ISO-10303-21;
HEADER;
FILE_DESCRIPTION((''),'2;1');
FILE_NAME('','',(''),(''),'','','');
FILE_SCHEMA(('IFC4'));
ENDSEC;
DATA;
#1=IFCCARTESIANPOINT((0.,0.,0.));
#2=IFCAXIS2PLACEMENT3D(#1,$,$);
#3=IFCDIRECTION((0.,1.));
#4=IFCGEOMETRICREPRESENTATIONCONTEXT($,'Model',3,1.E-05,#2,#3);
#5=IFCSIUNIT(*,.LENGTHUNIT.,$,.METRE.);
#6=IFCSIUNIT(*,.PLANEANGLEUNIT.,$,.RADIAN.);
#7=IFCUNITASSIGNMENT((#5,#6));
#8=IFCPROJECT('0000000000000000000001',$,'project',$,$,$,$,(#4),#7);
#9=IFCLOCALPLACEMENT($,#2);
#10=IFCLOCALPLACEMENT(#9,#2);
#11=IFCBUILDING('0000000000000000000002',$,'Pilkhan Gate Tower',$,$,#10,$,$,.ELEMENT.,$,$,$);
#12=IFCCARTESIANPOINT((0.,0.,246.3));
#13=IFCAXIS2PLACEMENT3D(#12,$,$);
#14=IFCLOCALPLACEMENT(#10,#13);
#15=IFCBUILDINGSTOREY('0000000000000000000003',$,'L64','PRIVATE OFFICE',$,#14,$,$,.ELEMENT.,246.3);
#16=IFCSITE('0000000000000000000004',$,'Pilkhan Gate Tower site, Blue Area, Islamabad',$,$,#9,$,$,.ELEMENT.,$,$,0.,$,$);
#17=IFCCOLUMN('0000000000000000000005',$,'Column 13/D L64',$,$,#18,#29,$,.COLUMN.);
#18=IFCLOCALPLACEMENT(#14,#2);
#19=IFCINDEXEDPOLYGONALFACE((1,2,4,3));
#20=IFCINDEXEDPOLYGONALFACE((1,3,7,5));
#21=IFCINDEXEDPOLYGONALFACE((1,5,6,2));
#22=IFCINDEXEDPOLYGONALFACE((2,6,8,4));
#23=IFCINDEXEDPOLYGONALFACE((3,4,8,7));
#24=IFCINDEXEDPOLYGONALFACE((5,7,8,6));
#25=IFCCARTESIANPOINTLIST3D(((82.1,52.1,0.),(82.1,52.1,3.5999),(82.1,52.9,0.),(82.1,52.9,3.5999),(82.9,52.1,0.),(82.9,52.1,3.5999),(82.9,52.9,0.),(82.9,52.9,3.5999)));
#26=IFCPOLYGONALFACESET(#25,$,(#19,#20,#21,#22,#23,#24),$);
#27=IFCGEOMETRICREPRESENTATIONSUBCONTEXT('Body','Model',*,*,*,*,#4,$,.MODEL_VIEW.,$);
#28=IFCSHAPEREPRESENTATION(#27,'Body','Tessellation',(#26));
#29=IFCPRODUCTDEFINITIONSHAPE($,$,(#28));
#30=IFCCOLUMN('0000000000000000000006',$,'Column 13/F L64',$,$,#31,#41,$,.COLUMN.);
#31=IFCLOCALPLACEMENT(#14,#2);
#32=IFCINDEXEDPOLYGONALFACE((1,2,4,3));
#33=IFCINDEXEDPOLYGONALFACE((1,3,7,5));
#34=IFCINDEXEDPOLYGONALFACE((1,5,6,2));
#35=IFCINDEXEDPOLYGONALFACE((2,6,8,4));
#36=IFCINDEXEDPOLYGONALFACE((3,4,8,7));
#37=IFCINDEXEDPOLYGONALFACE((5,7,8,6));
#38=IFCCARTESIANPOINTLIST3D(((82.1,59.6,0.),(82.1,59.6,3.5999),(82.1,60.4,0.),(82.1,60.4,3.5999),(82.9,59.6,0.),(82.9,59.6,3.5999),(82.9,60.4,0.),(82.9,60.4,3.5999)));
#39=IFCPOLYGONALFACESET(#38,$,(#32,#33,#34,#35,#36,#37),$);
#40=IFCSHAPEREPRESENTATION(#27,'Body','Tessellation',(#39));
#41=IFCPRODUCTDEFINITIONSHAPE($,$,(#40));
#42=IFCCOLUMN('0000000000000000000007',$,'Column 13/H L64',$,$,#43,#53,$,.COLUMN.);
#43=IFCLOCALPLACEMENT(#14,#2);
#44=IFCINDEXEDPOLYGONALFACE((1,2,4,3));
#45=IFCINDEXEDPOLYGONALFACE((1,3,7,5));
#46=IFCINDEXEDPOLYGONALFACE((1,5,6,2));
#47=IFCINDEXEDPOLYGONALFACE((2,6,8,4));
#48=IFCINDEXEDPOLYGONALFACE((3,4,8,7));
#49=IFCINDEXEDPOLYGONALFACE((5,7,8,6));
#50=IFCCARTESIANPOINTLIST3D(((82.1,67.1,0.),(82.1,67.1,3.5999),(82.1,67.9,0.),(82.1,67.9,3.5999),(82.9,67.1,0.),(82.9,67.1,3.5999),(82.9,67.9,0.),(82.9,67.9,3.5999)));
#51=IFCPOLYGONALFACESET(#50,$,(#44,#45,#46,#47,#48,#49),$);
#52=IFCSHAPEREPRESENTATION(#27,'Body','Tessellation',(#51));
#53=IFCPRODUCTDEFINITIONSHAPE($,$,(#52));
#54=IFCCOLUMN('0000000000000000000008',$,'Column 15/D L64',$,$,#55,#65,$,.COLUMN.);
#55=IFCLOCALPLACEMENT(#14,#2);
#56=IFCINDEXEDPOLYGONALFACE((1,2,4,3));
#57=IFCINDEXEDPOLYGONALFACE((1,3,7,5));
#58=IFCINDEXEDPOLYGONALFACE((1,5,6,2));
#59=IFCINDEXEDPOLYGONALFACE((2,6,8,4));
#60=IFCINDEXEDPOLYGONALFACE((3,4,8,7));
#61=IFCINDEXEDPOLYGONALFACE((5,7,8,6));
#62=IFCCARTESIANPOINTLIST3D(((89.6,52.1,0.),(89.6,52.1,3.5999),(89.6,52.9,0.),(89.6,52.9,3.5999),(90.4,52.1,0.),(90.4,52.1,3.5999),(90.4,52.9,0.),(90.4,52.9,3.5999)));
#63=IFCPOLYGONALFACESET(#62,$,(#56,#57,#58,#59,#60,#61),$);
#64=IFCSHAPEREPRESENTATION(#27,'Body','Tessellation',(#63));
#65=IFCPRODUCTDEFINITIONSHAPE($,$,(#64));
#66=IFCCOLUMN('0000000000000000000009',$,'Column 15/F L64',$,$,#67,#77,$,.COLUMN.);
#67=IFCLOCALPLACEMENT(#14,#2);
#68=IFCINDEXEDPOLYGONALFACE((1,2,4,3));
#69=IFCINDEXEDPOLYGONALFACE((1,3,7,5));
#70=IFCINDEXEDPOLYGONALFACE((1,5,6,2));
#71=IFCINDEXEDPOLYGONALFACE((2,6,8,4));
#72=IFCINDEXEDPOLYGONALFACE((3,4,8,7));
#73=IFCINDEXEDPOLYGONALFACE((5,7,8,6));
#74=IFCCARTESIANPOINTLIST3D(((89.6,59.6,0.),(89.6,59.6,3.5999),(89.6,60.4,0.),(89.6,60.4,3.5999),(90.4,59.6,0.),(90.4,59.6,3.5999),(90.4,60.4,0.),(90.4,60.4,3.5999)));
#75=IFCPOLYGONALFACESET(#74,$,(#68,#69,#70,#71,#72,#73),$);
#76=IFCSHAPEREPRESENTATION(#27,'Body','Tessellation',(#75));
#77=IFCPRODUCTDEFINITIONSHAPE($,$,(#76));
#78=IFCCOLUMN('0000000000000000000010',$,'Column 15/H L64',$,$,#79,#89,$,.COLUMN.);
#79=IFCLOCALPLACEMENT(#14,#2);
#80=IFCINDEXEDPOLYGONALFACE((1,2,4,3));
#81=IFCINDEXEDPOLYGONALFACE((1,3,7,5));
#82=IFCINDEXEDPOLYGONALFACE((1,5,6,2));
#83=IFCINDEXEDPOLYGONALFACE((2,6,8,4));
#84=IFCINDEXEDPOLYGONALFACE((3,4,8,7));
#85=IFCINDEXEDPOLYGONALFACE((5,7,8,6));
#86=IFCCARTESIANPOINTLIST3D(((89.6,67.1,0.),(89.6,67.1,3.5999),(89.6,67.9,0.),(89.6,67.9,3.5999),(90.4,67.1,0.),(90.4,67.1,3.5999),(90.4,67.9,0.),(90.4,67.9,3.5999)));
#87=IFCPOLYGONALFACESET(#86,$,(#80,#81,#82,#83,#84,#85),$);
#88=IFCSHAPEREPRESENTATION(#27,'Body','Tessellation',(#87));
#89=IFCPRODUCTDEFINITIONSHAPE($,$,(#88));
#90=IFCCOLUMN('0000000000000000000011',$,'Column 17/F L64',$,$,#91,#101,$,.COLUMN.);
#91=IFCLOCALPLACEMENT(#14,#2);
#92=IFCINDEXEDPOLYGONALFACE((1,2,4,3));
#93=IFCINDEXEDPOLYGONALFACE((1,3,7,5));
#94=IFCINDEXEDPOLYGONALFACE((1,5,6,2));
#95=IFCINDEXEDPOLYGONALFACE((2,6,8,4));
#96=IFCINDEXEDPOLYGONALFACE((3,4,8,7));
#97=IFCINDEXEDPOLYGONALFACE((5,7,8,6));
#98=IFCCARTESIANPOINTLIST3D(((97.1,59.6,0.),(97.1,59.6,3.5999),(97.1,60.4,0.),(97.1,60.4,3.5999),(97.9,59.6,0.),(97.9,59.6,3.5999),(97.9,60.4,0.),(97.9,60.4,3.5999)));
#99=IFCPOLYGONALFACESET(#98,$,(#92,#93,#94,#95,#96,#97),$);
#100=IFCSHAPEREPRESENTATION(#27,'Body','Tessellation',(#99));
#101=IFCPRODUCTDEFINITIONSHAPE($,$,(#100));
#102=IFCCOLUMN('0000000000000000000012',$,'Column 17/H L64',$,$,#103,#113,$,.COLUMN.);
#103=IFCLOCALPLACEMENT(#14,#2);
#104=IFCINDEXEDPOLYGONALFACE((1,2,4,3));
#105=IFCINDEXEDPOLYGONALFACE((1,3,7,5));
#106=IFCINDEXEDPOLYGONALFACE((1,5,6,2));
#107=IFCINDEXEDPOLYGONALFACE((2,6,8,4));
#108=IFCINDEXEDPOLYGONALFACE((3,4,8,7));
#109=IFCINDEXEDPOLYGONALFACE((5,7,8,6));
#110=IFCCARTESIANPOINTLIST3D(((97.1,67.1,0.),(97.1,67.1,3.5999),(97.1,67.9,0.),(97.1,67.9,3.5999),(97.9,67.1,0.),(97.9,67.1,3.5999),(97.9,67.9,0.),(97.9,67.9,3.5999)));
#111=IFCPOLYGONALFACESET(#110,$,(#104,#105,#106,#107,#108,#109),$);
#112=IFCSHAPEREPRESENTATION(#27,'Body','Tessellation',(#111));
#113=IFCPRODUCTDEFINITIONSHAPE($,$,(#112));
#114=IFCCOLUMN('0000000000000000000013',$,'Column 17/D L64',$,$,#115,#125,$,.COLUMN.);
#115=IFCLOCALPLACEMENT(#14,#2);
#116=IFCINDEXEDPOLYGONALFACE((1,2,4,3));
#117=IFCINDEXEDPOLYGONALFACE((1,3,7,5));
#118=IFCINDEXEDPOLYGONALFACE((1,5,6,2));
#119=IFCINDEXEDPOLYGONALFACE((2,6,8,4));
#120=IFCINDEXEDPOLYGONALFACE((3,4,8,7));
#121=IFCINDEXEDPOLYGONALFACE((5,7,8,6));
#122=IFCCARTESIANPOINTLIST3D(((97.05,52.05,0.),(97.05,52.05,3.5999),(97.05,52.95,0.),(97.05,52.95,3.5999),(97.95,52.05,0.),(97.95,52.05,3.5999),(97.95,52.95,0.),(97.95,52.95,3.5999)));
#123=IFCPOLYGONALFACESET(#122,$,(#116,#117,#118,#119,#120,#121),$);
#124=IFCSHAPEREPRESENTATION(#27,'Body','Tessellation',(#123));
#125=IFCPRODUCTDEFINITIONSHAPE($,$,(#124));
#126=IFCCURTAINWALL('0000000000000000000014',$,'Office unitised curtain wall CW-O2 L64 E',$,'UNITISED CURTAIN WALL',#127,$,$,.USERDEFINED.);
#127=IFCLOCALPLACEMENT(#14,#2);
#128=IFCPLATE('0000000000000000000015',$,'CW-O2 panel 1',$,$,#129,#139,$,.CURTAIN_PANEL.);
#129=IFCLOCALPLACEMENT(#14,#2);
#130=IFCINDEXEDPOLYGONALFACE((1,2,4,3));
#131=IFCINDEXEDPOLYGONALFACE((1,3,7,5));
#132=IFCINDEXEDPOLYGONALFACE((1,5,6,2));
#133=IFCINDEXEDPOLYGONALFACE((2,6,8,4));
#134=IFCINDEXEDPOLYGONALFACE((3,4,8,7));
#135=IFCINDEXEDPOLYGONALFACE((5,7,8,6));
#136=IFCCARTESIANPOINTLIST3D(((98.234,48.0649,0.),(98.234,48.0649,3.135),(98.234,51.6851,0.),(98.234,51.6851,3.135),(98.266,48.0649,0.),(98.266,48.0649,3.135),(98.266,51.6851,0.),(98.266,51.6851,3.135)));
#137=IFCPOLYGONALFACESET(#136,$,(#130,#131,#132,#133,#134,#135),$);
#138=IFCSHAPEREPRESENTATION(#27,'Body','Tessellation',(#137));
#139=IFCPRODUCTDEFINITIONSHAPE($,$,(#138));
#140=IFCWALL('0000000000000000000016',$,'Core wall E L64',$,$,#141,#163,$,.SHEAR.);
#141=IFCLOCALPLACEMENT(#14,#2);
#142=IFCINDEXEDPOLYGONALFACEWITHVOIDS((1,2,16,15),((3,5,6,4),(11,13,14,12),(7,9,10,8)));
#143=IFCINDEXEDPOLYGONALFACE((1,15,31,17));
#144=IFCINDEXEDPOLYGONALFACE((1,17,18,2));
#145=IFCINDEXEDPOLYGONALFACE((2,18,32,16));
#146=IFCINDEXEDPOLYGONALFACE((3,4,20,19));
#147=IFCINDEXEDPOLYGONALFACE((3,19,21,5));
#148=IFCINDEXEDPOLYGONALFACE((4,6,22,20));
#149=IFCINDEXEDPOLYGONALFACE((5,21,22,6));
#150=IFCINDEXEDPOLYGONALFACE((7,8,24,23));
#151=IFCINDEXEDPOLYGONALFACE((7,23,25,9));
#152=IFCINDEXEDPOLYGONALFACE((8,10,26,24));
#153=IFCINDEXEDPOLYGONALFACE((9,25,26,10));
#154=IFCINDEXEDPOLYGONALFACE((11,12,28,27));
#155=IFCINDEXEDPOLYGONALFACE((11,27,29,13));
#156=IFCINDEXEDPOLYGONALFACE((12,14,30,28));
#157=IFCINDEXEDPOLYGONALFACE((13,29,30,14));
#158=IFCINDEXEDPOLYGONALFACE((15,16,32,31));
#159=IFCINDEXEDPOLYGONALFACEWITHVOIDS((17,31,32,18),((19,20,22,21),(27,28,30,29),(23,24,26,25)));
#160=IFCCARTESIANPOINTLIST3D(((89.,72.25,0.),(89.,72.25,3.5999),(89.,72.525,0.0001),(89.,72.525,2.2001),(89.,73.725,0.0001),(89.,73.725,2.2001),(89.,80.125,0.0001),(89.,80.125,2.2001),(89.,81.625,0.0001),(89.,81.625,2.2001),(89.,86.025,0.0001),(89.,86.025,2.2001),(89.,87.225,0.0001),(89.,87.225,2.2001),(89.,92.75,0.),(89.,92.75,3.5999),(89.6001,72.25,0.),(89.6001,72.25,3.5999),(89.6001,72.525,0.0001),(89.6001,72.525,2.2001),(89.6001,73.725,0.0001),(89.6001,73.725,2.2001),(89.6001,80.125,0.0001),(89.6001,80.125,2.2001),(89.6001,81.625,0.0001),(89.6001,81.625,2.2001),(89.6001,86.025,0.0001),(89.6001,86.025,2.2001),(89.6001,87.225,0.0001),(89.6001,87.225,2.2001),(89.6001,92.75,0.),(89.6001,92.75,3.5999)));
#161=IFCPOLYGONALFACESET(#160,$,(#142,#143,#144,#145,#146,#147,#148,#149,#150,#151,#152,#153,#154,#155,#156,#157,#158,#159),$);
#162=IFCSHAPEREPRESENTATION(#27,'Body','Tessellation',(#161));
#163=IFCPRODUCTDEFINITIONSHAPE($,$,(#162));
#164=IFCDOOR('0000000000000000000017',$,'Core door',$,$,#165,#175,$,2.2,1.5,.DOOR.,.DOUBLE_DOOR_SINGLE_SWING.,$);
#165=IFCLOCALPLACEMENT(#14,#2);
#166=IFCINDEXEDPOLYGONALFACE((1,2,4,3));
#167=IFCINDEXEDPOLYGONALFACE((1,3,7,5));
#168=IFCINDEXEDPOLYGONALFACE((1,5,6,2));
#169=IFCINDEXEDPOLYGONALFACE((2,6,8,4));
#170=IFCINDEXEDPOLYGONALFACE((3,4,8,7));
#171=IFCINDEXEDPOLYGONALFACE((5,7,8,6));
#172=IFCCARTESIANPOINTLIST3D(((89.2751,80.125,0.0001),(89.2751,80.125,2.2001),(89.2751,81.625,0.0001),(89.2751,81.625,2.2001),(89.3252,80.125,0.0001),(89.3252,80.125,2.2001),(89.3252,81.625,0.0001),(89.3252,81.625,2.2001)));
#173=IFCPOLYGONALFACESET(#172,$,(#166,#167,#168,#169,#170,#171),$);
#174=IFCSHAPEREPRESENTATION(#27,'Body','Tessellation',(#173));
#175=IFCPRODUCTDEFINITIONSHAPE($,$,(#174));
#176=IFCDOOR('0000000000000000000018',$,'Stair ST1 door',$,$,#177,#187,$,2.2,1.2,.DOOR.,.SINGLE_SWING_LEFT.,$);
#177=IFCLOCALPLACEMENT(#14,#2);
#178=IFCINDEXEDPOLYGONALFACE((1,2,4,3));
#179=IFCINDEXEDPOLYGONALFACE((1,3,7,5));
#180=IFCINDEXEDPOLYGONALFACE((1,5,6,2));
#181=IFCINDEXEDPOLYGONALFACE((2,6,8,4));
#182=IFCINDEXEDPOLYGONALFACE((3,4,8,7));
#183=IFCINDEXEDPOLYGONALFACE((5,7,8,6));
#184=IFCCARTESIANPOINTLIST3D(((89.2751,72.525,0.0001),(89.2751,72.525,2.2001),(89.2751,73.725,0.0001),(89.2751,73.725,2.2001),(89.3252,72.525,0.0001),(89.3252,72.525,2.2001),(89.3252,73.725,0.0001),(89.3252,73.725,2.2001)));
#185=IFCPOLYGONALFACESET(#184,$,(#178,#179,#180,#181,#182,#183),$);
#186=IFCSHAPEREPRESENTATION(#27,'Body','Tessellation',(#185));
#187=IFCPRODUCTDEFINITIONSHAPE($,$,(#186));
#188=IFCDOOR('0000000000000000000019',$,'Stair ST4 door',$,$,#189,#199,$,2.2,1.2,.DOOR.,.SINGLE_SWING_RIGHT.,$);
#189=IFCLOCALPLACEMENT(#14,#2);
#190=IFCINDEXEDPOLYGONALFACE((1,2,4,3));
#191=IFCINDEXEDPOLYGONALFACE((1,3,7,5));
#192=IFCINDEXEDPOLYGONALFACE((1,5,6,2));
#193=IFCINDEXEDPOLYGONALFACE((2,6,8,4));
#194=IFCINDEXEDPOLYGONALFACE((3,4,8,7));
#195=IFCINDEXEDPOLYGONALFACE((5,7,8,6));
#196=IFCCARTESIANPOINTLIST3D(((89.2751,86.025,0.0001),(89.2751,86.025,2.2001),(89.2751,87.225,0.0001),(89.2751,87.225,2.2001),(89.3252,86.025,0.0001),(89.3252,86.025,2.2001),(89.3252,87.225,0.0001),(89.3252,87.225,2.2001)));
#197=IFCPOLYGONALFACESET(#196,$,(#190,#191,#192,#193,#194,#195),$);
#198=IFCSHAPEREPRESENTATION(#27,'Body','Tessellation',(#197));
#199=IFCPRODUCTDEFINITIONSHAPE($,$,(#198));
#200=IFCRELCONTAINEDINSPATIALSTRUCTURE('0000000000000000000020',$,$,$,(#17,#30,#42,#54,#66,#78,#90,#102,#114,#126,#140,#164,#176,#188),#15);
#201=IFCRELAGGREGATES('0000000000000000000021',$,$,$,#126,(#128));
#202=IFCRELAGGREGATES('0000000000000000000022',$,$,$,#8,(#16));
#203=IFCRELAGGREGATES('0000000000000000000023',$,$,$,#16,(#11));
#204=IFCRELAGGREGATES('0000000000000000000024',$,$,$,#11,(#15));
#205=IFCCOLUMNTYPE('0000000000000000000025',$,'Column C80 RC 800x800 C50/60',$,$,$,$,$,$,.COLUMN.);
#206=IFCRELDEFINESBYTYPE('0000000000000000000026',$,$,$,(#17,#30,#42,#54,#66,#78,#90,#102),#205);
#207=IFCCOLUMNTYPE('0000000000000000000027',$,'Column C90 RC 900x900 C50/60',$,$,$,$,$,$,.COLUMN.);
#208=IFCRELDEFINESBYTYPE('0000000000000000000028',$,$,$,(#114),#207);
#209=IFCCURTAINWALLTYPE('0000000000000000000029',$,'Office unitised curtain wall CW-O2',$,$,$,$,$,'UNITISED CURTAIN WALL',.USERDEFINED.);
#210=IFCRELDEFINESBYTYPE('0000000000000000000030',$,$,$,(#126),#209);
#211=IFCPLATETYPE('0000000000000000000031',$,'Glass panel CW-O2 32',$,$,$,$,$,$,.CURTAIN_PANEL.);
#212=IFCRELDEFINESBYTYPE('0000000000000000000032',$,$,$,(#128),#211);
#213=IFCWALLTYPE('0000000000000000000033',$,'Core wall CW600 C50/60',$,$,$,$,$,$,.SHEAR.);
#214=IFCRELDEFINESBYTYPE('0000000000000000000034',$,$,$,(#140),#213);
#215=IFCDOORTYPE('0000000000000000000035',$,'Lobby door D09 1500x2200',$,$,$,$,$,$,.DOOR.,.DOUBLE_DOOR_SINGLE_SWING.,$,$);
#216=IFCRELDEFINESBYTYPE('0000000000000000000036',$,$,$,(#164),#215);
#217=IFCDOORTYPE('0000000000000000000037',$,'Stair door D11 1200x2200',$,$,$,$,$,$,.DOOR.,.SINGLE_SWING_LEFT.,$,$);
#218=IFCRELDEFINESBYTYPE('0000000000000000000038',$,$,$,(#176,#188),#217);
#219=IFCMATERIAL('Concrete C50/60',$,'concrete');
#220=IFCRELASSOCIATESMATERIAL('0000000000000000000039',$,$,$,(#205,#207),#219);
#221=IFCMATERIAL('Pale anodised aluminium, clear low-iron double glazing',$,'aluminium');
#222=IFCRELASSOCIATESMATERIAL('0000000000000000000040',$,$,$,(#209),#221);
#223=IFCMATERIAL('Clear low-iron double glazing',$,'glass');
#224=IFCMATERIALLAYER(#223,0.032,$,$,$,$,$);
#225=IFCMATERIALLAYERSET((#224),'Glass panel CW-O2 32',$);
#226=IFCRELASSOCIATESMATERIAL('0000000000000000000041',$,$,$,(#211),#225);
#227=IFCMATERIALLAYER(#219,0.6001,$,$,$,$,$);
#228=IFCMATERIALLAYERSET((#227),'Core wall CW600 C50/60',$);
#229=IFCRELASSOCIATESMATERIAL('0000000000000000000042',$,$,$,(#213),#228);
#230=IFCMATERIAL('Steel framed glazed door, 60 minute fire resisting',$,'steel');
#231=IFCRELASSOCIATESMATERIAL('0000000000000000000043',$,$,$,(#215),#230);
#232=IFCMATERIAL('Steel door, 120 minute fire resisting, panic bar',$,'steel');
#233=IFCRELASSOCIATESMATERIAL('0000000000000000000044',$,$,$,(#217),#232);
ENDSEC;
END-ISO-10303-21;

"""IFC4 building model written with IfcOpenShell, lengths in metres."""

from ifc_helpers import new_model, si_unit, direction, frame, frame_2d, origin, origin_2d, place, context, subcontext, project, spatial, rectangle, extrude, material, layer, layer_set, material_profile, profile_set, type_object, element, fill, aggregate, save


model = new_model("IFC4")

# Units and contexts
model_context = context("Model", 3, precision=1e-05, world=origin(), true_north=direction((0.0, 1.0)))
body_context = subcontext(model_context, "Body", "Model", "MODEL_VIEW")
ifc_project = project(units=[si_unit("LENGTHUNIT", "METRE"), si_unit("PLANEANGLEUNIT", "RADIAN")], contexts=[model_context])

# Site, building, storey
site_placement = place(None, origin())
site = spatial("IfcSite", under=ifc_project, at=site_placement, Name="Pilkhan Gate Tower site, Blue Area, Islamabad", CompositionType="ELEMENT", RefElevation=0.0)
building_placement = place(site_placement, origin())
building = spatial("IfcBuilding", under=site, at=building_placement, Name="Pilkhan Gate Tower", CompositionType="ELEMENT")
storey_placement = place(building_placement, frame((0.0, 0.0, 246.3)))
storey = spatial("IfcBuildingStorey", under=building, at=storey_placement, Name="L64", Description="PRIVATE OFFICE", CompositionType="ELEMENT", Elevation=246.3)

# Columns
ifc_material_1 = material(Name="Concrete C50/60", Category="concrete")
ifc_material_profile_1 = material_profile(ifc_material_1, rectangle(XDim=0.8, YDim=0.8, at=origin_2d()), Name="RC 800x800")
ifc_profile_set_1 = profile_set([ifc_material_profile_1], Name="Concrete C50/60")
column_type_1 = type_object("IfcColumnType", Name="Column C80 RC 800x800 C50/60", PredefinedType="COLUMN", material=ifc_profile_set_1)
for number, where, z_axis, x_axis, name in (
    (1, (82.5, 52.5, 0.0), (0.0, 0.0, 1.0), (1.0, 0.0, 0.0), "Column 13/D L64"),
    (2, (82.5, 60.0, 0.0), (0.0, 0.0, 1.0), (1.0, 0.0, 0.0), "Column 13/F L64"),
    (3, (82.5, 67.5, 0.0), (0.0, 0.0, 1.0), (1.0, 0.0, 0.0), "Column 13/H L64"),
    (4, (90.0, 52.5, 0.0), (0.0, 0.0, 1.0), (1.0, 0.0, 0.0), "Column 15/D L64"),
    (5, (90.0, 60.0, 0.0), (0.0, 0.0, 1.0), (1.0, 0.0, 0.0), "Column 15/F L64"),
    (6, (90.0, 67.5, 0.0), (0.0, 0.0, 1.0), (1.0, 0.0, 0.0), "Column 15/H L64"),
    (7, (97.5, 60.0, 0.0), (0.0, 0.0, 1.0), (1.0, 0.0, 0.0), "Column 17/F L64"),
    (8, (97.5, 67.5, 0.0), (0.0, 0.0, 1.0), (1.0, 0.0, 0.0), "Column 17/H L64"),
):
    element("IfcColumn", number, at=place(storey_placement, frame(where, z_axis=z_axis, x_axis=x_axis)), inside=storey, type_object=column_type_1, Name=name, PredefinedType="COLUMN", context=body_context, shape_type="SweptSolid", body=[
        extrude(rectangle(XDim=0.8, YDim=0.8, at=origin_2d()), origin(), (0.0, 0.0, 1.0), 3.5999),
    ])
ifc_material_profile_2 = material_profile(ifc_material_1, rectangle(XDim=0.8999, YDim=0.8999, at=origin_2d()), Name="RC 900x900")
ifc_profile_set_2 = profile_set([ifc_material_profile_2], Name="Concrete C50/60")
column_type_2 = type_object("IfcColumnType", Name="Column C90 RC 900x900 C50/60", PredefinedType="COLUMN", material=ifc_profile_set_2)
column_placement = place(storey_placement, frame((97.5, 52.5, 0.0), z_axis=(0.0, 0.0, 1.0), x_axis=(1.0, 0.0, 0.0)))
element("IfcColumn", 9, at=column_placement, inside=storey, type_object=column_type_2, Name="Column 17/D L64", PredefinedType="COLUMN", context=body_context, shape_type="SweptSolid", body=[
    extrude(rectangle(XDim=0.8999, YDim=0.8999, at=origin_2d()), origin(), (0.0, 0.0, 1.0), 3.5999),
])

# Curtain wall, plate
ifc_material_2 = material(Name="Pale anodised aluminium, clear low-iron double glazing", Category="aluminium")
curtain_wall_type = type_object("IfcCurtainWallType", Name="Office unitised curtain wall CW-O2", ElementType="UNITISED CURTAIN WALL", PredefinedType="USERDEFINED", material=ifc_material_2)
curtain_wall_placement = place(storey_placement, origin())
curtain_wall = element("IfcCurtainWall", 10, at=curtain_wall_placement, inside=storey, type_object=curtain_wall_type, Name="Office unitised curtain wall CW-O2 L64 E", ObjectType="UNITISED CURTAIN WALL", PredefinedType="USERDEFINED")
ifc_material_3 = material(Name="Clear low-iron double glazing", Category="glass")
ifc_layer_1 = layer(ifc_material_3, 0.032)
ifc_layer_set_1 = layer_set([ifc_layer_1], Name="Glass panel CW-O2 32")
plate_type = type_object("IfcPlateType", Name="Glass panel CW-O2 32", PredefinedType="CURTAIN_PANEL", material=ifc_layer_set_1)
plate_placement = place(storey_placement, frame((98.25, 49.875, 0.0), z_axis=(0.0, 0.0, 1.0), x_axis=(0.0, 1.0, 0.0)))
plate = element("IfcPlate", 11, at=plate_placement, type_object=plate_type, Name="CW-O2 panel 1", PredefinedType="CURTAIN_PANEL", context=body_context, shape_type="SweptSolid", body=[
    extrude(rectangle(XDim=3.6201, YDim=0.032, at=origin_2d()), origin(), (0.0, 0.0, 1.0), 3.135),
])
aggregate(curtain_wall, [plate])

# Wall, openings, doors
ifc_layer_2 = layer(ifc_material_1, 0.6001)
ifc_layer_set_2 = layer_set([ifc_layer_2], Name="Core wall CW600 C50/60")
wall_type_1 = type_object("IfcWallType", Name="Core wall CW600 C50/60", PredefinedType="SHEAR", material=ifc_layer_set_2)
wall_1_placement = place(storey_placement, frame((89.3, 72.25, 0.0), z_axis=(0.0, 0.0, 1.0), x_axis=(0.0, 1.0, 0.0)))
wall_1 = element("IfcWall", 12, at=wall_1_placement, inside=storey, type_object=wall_type_1, Name="Core wall E L64", PredefinedType="SHEAR", context=body_context, shape_type="SweptSolid", body=[
    extrude(rectangle(XDim=20.5, YDim=0.6001, at=frame_2d((10.25, 0.0))), origin(), (0.0, 0.0, 1.0), 3.5999),
])
opening_1_placement = place(wall_1_placement, frame((0.2749, 0.0, 0.0)))
opening_1 = element("IfcOpeningElement", 13, at=opening_1_placement, cuts=wall_1, PredefinedType="OPENING", context=body_context, shape_type="SweptSolid", body=[
    extrude(rectangle(XDim=1.2, YDim=2.2, at=frame_2d((0.6001, 1.1001))), frame((0.0, 0.3101, 0.0), z_axis=(0.0, -1.0, 0.0), x_axis=(1.0, 0.0, 0.0)), (0.0, 0.0, 1.0), 0.6201),
])
opening_2_placement = place(wall_1_placement, frame((13.7749, 0.0, 0.0)))
opening_2 = element("IfcOpeningElement", 14, at=opening_2_placement, cuts=wall_1, PredefinedType="OPENING", context=body_context, shape_type="SweptSolid", body=[
    extrude(rectangle(XDim=1.2, YDim=2.2, at=frame_2d((0.6001, 1.1001))), frame((0.0, 0.3101, 0.0), z_axis=(0.0, -1.0, 0.0), x_axis=(1.0, 0.0, 0.0)), (0.0, 0.0, 1.0), 0.6201),
])
opening_3_placement = place(wall_1_placement, frame((7.875, 0.0, 0.0)))
opening_3 = element("IfcOpeningElement", 15, at=opening_3_placement, cuts=wall_1, PredefinedType="OPENING", context=body_context, shape_type="SweptSolid", body=[
    extrude(rectangle(XDim=1.5, YDim=2.2, at=frame_2d((0.75, 1.1001))), frame((0.0, 0.3101, 0.0), z_axis=(0.0, -1.0, 0.0), x_axis=(1.0, 0.0, 0.0)), (0.0, 0.0, 1.0), 0.6201),
])
ifc_material_4 = material(Name="Steel framed glazed door, 60 minute fire resisting", Category="steel")
door_type_1 = type_object("IfcDoorType", Name="Lobby door D09 1500x2200", OperationType="DOUBLE_DOOR_SINGLE_SWING", PredefinedType="DOOR", material=ifc_material_4)
door_1_placement = place(opening_3_placement, origin())
door_1 = element("IfcDoor", 16, at=door_1_placement, inside=storey, type_object=door_type_1, Name="Core door", OperationType="DOUBLE_DOOR_SINGLE_SWING", OverallHeight=2.2, OverallWidth=1.5, PredefinedType="DOOR", context=body_context, shape_type="SweptSolid", body=[
    extrude(rectangle(XDim=1.5, YDim=2.2, at=frame_2d((0.75, 1.1001))), frame((0.0, 0.0249, 0.0), z_axis=(0.0, -1.0, 0.0), x_axis=(1.0, 0.0, 0.0)), (0.0, 0.0, 1.0), 0.05),
])
fill(opening_3, door_1)
ifc_material_5 = material(Name="Steel door, 120 minute fire resisting, panic bar", Category="steel")
door_type_2 = type_object("IfcDoorType", Name="Stair door D11 1200x2200", OperationType="SINGLE_SWING_LEFT", PredefinedType="DOOR", material=ifc_material_5)
door_2_placement = place(opening_1_placement, origin())
door_2 = element("IfcDoor", 17, at=door_2_placement, inside=storey, type_object=door_type_2, Name="Stair ST1 door", OperationType="SINGLE_SWING_LEFT", OverallHeight=2.2, OverallWidth=1.2, PredefinedType="DOOR", context=body_context, shape_type="SweptSolid", body=[
    extrude(rectangle(XDim=1.2, YDim=2.2, at=frame_2d((0.6001, 1.1001))), frame((0.0, 0.0249, 0.0), z_axis=(0.0, -1.0, 0.0), x_axis=(1.0, 0.0, 0.0)), (0.0, 0.0, 1.0), 0.05),
])
fill(opening_1, door_2)
door_3_placement = place(opening_2_placement, origin())
door_3 = element("IfcDoor", 18, at=door_3_placement, inside=storey, type_object=door_type_2, Name="Stair ST4 door", OperationType="SINGLE_SWING_RIGHT", OverallHeight=2.2, OverallWidth=1.2, PredefinedType="DOOR", context=body_context, shape_type="SweptSolid", body=[
    extrude(rectangle(XDim=1.2, YDim=2.2, at=frame_2d((0.6001, 1.1001))), frame((0.0, 0.0249, 0.0), z_axis=(0.0, -1.0, 0.0), x_axis=(1.0, 0.0, 0.0)), (0.0, 0.0, 1.0), 0.05),
])
fill(opening_2, door_3)

save(model, "model.ifc")
